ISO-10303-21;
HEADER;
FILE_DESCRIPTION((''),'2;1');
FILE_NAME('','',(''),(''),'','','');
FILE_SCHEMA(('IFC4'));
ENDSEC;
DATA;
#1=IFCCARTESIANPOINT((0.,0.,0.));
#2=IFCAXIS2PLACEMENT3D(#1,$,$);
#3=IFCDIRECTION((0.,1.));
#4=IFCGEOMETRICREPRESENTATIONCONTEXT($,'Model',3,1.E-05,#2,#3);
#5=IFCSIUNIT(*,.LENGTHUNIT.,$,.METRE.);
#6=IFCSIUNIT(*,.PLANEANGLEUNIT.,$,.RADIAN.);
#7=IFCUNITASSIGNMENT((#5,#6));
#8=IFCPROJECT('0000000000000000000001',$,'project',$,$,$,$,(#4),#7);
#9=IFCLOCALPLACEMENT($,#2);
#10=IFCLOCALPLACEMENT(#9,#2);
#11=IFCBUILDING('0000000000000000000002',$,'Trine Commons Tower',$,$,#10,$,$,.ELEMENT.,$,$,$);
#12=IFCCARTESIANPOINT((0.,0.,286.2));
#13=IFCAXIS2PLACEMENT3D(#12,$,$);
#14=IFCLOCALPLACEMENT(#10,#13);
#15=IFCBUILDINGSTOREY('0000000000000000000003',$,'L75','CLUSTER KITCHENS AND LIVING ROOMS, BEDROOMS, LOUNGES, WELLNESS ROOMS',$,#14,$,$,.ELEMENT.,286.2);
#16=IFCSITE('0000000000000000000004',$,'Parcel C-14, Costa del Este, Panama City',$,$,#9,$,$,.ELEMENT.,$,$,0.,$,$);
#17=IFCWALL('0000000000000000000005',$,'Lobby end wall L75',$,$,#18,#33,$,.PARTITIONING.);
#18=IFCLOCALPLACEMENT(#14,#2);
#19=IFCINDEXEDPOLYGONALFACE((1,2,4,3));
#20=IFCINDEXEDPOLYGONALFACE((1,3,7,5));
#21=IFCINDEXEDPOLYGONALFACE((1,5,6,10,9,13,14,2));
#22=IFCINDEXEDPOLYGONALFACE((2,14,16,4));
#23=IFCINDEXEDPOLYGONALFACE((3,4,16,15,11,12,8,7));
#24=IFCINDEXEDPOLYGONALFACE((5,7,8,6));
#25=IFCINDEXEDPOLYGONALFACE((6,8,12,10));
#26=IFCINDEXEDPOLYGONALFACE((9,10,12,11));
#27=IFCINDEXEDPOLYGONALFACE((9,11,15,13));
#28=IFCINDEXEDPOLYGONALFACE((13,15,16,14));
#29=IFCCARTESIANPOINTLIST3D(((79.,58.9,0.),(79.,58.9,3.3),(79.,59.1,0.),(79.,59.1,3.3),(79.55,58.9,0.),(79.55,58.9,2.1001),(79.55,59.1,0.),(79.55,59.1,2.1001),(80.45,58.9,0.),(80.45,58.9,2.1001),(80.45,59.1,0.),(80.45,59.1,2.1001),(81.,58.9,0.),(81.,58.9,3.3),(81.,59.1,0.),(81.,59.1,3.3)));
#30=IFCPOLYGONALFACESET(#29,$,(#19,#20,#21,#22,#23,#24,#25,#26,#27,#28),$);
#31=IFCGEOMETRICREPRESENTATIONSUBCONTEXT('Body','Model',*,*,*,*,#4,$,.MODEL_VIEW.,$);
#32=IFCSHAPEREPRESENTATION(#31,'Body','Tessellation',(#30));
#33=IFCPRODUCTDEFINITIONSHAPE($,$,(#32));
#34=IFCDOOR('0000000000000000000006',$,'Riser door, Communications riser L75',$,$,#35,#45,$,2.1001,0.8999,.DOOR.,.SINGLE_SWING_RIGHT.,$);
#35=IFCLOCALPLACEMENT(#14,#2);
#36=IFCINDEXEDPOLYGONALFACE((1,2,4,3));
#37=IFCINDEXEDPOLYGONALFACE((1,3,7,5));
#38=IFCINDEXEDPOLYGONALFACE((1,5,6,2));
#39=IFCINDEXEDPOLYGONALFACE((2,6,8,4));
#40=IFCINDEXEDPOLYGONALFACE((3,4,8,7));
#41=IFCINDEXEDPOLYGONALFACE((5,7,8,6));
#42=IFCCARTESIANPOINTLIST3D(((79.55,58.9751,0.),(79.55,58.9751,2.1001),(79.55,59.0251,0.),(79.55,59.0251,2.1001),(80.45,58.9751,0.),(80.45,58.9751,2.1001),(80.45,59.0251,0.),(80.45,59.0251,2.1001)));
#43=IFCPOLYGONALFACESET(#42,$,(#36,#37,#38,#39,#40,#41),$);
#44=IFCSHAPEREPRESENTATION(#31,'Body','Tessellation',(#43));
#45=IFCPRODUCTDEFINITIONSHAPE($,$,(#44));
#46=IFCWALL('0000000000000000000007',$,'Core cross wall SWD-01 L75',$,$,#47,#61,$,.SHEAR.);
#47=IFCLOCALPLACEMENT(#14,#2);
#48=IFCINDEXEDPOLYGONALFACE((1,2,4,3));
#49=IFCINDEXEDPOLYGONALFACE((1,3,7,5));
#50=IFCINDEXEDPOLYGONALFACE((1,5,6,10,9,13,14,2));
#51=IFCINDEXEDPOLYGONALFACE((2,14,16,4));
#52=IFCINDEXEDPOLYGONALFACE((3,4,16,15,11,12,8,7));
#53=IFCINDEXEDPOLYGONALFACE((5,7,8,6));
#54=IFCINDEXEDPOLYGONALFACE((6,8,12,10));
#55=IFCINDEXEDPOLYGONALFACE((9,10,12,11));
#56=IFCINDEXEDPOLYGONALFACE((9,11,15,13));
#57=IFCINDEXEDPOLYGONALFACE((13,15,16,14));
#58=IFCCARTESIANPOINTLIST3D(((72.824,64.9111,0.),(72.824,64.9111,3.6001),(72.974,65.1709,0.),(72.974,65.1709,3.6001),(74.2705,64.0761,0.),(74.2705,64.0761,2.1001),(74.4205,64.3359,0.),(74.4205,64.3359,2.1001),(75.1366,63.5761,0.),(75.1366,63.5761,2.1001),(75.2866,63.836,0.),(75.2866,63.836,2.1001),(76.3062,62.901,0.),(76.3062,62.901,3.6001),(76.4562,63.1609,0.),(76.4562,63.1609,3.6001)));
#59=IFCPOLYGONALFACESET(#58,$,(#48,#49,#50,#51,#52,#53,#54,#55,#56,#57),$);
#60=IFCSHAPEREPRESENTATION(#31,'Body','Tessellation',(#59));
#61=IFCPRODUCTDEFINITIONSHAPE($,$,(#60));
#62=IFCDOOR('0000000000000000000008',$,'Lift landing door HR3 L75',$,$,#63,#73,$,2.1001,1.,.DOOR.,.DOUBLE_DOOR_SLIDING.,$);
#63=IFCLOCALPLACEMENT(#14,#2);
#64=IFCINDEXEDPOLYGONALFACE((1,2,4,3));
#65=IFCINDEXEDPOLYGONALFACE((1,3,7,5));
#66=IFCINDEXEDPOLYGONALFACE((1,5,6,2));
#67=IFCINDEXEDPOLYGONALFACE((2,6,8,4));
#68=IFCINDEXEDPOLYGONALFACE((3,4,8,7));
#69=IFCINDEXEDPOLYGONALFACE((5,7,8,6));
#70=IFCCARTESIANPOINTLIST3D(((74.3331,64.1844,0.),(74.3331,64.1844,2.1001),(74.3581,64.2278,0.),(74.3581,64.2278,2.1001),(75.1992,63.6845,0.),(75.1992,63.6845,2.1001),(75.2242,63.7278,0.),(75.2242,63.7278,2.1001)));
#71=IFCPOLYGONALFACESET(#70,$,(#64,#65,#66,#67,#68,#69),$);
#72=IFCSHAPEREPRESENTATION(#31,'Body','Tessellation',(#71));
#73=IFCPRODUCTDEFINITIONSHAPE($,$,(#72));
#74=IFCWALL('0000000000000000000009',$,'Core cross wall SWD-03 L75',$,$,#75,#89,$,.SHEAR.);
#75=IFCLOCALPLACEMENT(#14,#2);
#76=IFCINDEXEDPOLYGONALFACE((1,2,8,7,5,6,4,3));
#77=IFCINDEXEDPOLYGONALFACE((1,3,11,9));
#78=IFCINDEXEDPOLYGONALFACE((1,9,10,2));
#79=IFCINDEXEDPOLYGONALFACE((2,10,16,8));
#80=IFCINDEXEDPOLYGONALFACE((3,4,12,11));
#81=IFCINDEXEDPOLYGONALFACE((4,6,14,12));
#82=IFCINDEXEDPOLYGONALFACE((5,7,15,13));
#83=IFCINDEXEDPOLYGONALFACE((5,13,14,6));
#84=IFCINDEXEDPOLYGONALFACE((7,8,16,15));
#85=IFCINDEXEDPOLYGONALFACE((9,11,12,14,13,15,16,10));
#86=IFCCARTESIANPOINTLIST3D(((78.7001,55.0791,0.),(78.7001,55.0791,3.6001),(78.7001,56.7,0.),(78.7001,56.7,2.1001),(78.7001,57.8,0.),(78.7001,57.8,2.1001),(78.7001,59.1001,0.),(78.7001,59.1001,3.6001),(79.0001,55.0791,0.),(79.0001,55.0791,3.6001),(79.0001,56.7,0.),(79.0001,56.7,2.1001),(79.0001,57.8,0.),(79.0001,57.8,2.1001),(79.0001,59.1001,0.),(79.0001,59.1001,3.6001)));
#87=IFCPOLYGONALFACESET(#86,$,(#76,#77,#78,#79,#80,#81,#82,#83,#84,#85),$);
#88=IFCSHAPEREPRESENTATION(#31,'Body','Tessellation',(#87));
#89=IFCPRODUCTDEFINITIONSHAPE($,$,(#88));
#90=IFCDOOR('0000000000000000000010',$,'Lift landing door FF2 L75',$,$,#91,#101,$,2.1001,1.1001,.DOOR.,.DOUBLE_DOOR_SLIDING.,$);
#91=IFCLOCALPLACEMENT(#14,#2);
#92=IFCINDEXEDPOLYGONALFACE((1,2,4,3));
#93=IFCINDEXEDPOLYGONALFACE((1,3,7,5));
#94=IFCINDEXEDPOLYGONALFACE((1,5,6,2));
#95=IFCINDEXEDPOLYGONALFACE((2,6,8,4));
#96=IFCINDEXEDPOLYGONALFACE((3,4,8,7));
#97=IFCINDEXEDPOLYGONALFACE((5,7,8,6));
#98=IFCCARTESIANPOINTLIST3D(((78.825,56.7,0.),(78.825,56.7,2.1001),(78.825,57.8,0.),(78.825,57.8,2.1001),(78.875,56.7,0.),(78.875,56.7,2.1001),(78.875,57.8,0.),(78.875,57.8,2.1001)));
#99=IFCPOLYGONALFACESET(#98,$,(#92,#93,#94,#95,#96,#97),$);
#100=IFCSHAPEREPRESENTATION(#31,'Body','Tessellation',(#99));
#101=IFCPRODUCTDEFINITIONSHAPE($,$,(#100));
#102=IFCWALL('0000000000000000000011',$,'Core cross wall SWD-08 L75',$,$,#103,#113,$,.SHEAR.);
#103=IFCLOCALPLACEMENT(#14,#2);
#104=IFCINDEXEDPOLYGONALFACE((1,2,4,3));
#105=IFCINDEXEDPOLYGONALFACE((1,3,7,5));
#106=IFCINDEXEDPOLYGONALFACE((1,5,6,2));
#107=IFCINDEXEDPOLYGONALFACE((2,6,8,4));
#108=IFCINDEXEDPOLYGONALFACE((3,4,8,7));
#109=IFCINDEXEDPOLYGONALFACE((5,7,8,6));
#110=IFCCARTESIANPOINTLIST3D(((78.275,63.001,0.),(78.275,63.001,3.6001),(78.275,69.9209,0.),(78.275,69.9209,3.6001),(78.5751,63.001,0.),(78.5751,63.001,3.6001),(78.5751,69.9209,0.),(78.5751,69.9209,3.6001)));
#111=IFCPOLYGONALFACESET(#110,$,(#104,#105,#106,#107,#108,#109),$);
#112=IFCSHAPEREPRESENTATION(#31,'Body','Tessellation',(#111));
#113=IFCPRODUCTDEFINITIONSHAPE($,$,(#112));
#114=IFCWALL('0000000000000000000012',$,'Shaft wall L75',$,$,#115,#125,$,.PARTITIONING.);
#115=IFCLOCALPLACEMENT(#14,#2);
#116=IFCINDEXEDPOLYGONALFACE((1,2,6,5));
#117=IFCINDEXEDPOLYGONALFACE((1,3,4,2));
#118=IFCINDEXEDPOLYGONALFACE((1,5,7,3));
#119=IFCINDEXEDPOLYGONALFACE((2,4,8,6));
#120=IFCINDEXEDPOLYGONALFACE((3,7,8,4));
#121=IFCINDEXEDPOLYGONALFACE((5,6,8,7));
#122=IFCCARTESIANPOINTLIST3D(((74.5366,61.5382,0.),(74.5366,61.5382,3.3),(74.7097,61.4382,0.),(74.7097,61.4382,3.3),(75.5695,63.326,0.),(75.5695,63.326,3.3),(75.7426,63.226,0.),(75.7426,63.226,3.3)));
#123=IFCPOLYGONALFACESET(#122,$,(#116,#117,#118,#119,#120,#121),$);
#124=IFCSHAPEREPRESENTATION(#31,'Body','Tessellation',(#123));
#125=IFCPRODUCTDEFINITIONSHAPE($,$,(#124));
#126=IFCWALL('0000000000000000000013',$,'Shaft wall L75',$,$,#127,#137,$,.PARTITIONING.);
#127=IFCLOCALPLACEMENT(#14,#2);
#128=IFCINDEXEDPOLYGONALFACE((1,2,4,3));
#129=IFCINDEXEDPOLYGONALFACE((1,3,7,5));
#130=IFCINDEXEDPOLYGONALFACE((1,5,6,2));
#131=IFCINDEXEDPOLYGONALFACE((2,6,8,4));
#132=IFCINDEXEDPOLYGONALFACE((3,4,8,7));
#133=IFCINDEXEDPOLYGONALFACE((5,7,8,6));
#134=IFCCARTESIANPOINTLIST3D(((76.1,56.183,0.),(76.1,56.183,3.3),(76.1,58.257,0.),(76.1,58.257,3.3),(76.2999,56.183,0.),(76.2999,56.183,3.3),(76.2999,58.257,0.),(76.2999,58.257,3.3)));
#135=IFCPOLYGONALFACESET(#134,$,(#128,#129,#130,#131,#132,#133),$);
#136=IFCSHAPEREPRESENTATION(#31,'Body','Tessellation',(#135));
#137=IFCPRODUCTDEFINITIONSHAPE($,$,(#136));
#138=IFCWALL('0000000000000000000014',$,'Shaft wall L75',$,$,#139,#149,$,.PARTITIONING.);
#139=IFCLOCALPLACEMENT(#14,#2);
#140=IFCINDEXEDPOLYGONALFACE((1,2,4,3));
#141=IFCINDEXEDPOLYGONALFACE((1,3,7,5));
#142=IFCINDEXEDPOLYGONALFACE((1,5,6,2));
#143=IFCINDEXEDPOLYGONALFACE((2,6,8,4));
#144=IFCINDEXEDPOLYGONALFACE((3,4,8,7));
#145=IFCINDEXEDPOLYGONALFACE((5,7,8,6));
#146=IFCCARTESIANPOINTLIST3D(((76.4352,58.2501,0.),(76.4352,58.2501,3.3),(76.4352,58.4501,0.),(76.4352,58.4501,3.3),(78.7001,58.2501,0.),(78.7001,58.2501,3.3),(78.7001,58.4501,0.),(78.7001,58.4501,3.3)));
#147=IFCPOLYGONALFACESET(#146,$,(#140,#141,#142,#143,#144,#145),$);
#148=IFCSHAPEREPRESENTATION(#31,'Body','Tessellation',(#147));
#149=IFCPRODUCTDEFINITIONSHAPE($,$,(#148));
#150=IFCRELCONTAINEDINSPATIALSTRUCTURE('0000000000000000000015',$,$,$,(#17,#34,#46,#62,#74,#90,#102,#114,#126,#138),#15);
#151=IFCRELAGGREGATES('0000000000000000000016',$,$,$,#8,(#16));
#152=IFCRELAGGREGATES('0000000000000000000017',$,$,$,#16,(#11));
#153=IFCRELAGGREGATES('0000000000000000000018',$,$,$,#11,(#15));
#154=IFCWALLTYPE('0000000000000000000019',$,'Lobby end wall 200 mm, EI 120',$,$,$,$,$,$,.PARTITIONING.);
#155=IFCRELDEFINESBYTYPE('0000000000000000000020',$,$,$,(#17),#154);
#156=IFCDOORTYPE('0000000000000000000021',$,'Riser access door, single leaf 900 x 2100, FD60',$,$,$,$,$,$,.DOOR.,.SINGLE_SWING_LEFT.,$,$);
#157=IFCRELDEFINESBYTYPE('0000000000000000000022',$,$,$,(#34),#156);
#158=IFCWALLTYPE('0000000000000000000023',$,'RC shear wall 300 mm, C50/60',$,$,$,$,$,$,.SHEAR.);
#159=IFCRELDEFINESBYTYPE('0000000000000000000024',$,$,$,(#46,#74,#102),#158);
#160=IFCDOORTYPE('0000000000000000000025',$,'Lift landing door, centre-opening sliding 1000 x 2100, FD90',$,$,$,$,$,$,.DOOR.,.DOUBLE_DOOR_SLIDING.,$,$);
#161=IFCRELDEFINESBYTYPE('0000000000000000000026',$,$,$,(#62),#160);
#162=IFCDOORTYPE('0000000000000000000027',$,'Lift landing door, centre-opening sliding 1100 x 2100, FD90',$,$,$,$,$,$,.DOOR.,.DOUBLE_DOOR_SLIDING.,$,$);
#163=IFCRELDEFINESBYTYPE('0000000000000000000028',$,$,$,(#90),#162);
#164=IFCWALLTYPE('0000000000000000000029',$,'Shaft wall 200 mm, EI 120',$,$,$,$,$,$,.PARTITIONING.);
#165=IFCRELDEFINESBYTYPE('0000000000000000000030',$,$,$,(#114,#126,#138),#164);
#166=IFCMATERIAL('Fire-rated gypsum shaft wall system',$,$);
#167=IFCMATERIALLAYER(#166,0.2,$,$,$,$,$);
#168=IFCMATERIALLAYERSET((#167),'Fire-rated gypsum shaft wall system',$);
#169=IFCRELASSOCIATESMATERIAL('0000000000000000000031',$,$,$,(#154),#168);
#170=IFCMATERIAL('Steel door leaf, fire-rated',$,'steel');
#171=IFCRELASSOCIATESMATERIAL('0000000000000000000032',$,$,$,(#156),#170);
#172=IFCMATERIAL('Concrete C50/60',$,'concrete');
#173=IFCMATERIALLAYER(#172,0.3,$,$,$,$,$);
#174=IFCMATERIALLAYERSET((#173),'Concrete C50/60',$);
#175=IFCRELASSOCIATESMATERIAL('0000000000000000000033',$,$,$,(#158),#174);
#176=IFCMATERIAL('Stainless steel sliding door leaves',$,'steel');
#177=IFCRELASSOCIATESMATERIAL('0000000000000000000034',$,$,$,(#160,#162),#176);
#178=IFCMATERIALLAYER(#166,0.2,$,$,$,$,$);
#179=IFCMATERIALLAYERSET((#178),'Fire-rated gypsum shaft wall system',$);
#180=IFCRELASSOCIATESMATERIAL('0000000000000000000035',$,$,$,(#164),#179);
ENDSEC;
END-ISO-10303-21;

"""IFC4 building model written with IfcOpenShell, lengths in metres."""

from ifc_helpers import new_model, si_unit, direction, frame, frame_2d, origin, place, context, subcontext, project, spatial, rectangle, extrude, material, layer, layer_set, type_object, element, fill, save


model = new_model("IFC4")

# Units and contexts
model_context = context("Model", 3, precision=1e-05, world=origin(), true_north=direction((0.0, 1.0)))
body_context = subcontext(model_context, "Body", "Model", "MODEL_VIEW")
ifc_project = project(units=[si_unit("LENGTHUNIT", "METRE"), si_unit("PLANEANGLEUNIT", "RADIAN")], contexts=[model_context])

# Site, building, storey
site_placement = place(None, origin())
site = spatial("IfcSite", under=ifc_project, at=site_placement, Name="Parcel C-14, Costa del Este, Panama City", CompositionType="ELEMENT", RefElevation=0.0)
building_placement = place(site_placement, origin())
building = spatial("IfcBuilding", under=site, at=building_placement, Name="Trine Commons Tower", CompositionType="ELEMENT")
storey_placement = place(building_placement, frame((0.0, 0.0, 286.2)))
storey = spatial("IfcBuildingStorey", under=building, at=storey_placement, Name="L75", Description="CLUSTER KITCHENS AND LIVING ROOMS, BEDROOMS, LOUNGES, WELLNESS ROOMS", CompositionType="ELEMENT", Elevation=286.2)

# Walls, openings, doors
ifc_material_1 = material(Name="Fire-rated gypsum shaft wall system")
ifc_layer_1 = layer(ifc_material_1, 0.2)
ifc_layer_set_1 = layer_set([ifc_layer_1], Name="Fire-rated gypsum shaft wall system")
wall_type_1 = type_object("IfcWallType", Name="Lobby end wall 200 mm, EI 120", PredefinedType="PARTITIONING", material=ifc_layer_set_1)
wall_1_placement = place(storey_placement, frame((79.0, 59.0, 0.0), z_axis=(0.0, 0.0, 1.0), x_axis=(1.0, 0.0, 0.0)))
wall_1 = element("IfcWall", 1, at=wall_1_placement, inside=storey, type_object=wall_type_1, Name="Lobby end wall L75", PredefinedType="PARTITIONING", context=body_context, shape_type="SweptSolid", body=[
    extrude(rectangle(XDim=2.0, YDim=0.2, at=frame_2d((1.0, 0.0))), origin(), (0.0, 0.0, 1.0), 3.3),
])
opening_1_placement = place(wall_1_placement, frame((0.55, 0.0, 0.0)))
opening_1 = element("IfcOpeningElement", 2, at=opening_1_placement, cuts=wall_1, PredefinedType="OPENING", context=body_context, shape_type="SweptSolid", body=[
    extrude(rectangle(XDim=0.8999, YDim=2.1001, at=frame_2d((0.45, 1.05))), frame((0.0, 0.1099, 0.0), z_axis=(0.0, -1.0, 0.0), x_axis=(1.0, 0.0, 0.0)), (0.0, 0.0, 1.0), 0.22),
])
ifc_material_2 = material(Name="Steel door leaf, fire-rated", Category="steel")
door_type_1 = type_object("IfcDoorType", Name="Riser access door, single leaf 900 x 2100, FD60", OperationType="SINGLE_SWING_LEFT", PredefinedType="DOOR", material=ifc_material_2)
door_1_placement = place(opening_1_placement, frame((0.8999, 0.0, 0.0), z_axis=(0.0, 0.0, 1.0), x_axis=(-1.0, 0.0, 0.0)))
door_1 = element("IfcDoor", 3, at=door_1_placement, inside=storey, type_object=door_type_1, Name="Riser door, Communications riser L75", OperationType="SINGLE_SWING_RIGHT", OverallHeight=2.1001, OverallWidth=0.8999, PredefinedType="DOOR", context=body_context, shape_type="SweptSolid", body=[
    extrude(rectangle(XDim=0.8999, YDim=2.1001, at=frame_2d((0.45, 1.05))), frame((0.0, 0.0249, 0.0), z_axis=(0.0, -1.0, 0.0), x_axis=(1.0, 0.0, 0.0)), (0.0, 0.0, 1.0), 0.05),
])
fill(opening_1, door_1)
ifc_material_3 = material(Name="Concrete C50/60", Category="concrete")
ifc_layer_2 = layer(ifc_material_3, 0.3)
ifc_layer_set_2 = layer_set([ifc_layer_2], Name="Concrete C50/60")
wall_type_2 = type_object("IfcWallType", Name="RC shear wall 300 mm, C50/60", PredefinedType="SHEAR", material=ifc_layer_set_2)
wall_2_placement = place(storey_placement, frame((76.3811, 63.031, 0.0), z_axis=(0.0, 0.0, 1.0), x_axis=(-0.866071, 0.49992, 0.0)))
wall_2 = element("IfcWall", 4, at=wall_2_placement, inside=storey, type_object=wall_type_2, Name="Core cross wall SWD-01 L75", PredefinedType="SHEAR", context=body_context, shape_type="SweptSolid", body=[
    extrude(rectangle(XDim=4.0208, YDim=0.3, at=frame_2d((2.0103, 0.0))), origin(), (0.0, 0.0, 1.0), 3.6001),
])
opening_2_placement = place(wall_2_placement, frame((1.3503, 0.0, 0.0)))
opening_2 = element("IfcOpeningElement", 5, at=opening_2_placement, cuts=wall_2, PredefinedType="OPENING", context=body_context, shape_type="SweptSolid", body=[
    extrude(rectangle(XDim=1.0, YDim=2.1001, at=frame_2d((0.5, 1.05))), frame((0.0, 0.1599, 0.0), z_axis=(0.0, -1.0, 0.0), x_axis=(1.0, 0.0, 0.0)), (0.0, 0.0, 1.0), 0.3201),
])
ifc_material_4 = material(Name="Stainless steel sliding door leaves", Category="steel")
door_type_2 = type_object("IfcDoorType", Name="Lift landing door, centre-opening sliding 1000 x 2100, FD90", OperationType="DOUBLE_DOOR_SLIDING", PredefinedType="DOOR", material=ifc_material_4)
door_2_placement = place(opening_2_placement, origin())
door_2 = element("IfcDoor", 6, at=door_2_placement, inside=storey, type_object=door_type_2, Name="Lift landing door HR3 L75", OperationType="DOUBLE_DOOR_SLIDING", OverallHeight=2.1001, OverallWidth=1.0, PredefinedType="DOOR", context=body_context, shape_type="SweptSolid", body=[
    extrude(rectangle(XDim=1.0, YDim=2.1001, at=frame_2d((0.5, 1.05))), frame((0.0, 0.0249, 0.0), z_axis=(0.0, -1.0, 0.0), x_axis=(1.0, 0.0, 0.0)), (0.0, 0.0, 1.0), 0.05),
])
fill(opening_2, door_2)
wall_3_placement = place(storey_placement, frame((78.8501, 59.1001, 0.0), z_axis=(0.0, 0.0, 1.0), x_axis=(0.0, -1.0, 0.0)))
wall_3 = element("IfcWall", 7, at=wall_3_placement, inside=storey, type_object=wall_type_2, Name="Core cross wall SWD-03 L75", PredefinedType="SHEAR", context=body_context, shape_type="SweptSolid", body=[
    extrude(rectangle(XDim=4.021, YDim=0.3, at=frame_2d((2.0105, 0.0))), origin(), (0.0, 0.0, 1.0), 3.6001),
])
opening_3_placement = place(wall_3_placement, frame((1.3, 0.0, 0.0)))
opening_3 = element("IfcOpeningElement", 8, at=opening_3_placement, cuts=wall_3, PredefinedType="OPENING", context=body_context, shape_type="SweptSolid", body=[
    extrude(rectangle(XDim=1.1001, YDim=2.1001, at=frame_2d((0.55, 1.05))), frame((0.0, 0.1599, 0.0), z_axis=(0.0, -1.0, 0.0), x_axis=(1.0, 0.0, 0.0)), (0.0, 0.0, 1.0), 0.3201),
])
door_type_3 = type_object("IfcDoorType", Name="Lift landing door, centre-opening sliding 1100 x 2100, FD90", OperationType="DOUBLE_DOOR_SLIDING", PredefinedType="DOOR", material=ifc_material_4)
door_3_placement = place(opening_3_placement, origin())
door_3 = element("IfcDoor", 9, at=door_3_placement, inside=storey, type_object=door_type_3, Name="Lift landing door FF2 L75", OperationType="DOUBLE_DOOR_SLIDING", OverallHeight=2.1001, OverallWidth=1.1001, PredefinedType="DOOR", context=body_context, shape_type="SweptSolid", body=[
    extrude(rectangle(XDim=1.1001, YDim=2.1001, at=frame_2d((0.55, 1.05))), frame((0.0, 0.0249, 0.0), z_axis=(0.0, -1.0, 0.0), x_axis=(1.0, 0.0, 0.0)), (0.0, 0.0, 1.0), 0.05),
])
fill(opening_3, door_3)

# Walls
wall_4_placement = place(storey_placement, frame((78.425, 63.001, 0.0), z_axis=(0.0, 0.0, 1.0), x_axis=(0.0, 1.0, 0.0)))
element("IfcWall", 10, at=wall_4_placement, inside=storey, type_object=wall_type_2, Name="Core cross wall SWD-08 L75", PredefinedType="SHEAR", context=body_context, shape_type="SweptSolid", body=[
    extrude(rectangle(XDim=6.9199, YDim=0.3, at=frame_2d((3.46, 0.0))), origin(), (0.0, 0.0, 1.0), 3.6001),
])
ifc_layer_3 = layer(ifc_material_1, 0.2)
ifc_layer_set_3 = layer_set([ifc_layer_3], Name="Fire-rated gypsum shaft wall system")
wall_type_3 = type_object("IfcWallType", Name="Shaft wall 200 mm, EI 120", PredefinedType="PARTITIONING", material=ifc_layer_set_3)
wall_5_placement = place(storey_placement, frame((75.656, 63.2759, 0.0), z_axis=(0.0, 0.0, 1.0), x_axis=(-0.500272, -0.865868, 0.0)))
element("IfcWall", 11, at=wall_5_placement, inside=storey, type_object=wall_type_3, Name="Shaft wall L75", PredefinedType="PARTITIONING", context=body_context, shape_type="SweptSolid", body=[
    extrude(rectangle(XDim=2.0647, YDim=0.2, at=frame_2d((1.0322, 0.0))), origin(), (0.0, 0.0, 1.0), 3.3),
])
wall_6_placement = place(storey_placement, frame((76.2, 58.2571, 0.0), z_axis=(0.0, 0.0, 1.0), x_axis=(0.0, -1.0, 0.0)))
element("IfcWall", 12, at=wall_6_placement, inside=storey, type_object=wall_type_3, Name="Shaft wall L75", PredefinedType="PARTITIONING", context=body_context, shape_type="SweptSolid", body=[
    extrude(rectangle(XDim=2.074, YDim=0.2, at=frame_2d((1.0371, 0.0))), origin(), (0.0, 0.0, 1.0), 3.3),
])
wall_7_placement = place(storey_placement, frame((78.7, 58.3501, 0.0), z_axis=(0.0, 0.0, 1.0), x_axis=(-1.0, 0.0, 0.0)))
element("IfcWall", 13, at=wall_7_placement, inside=storey, type_object=wall_type_3, Name="Shaft wall L75", PredefinedType="PARTITIONING", context=body_context, shape_type="SweptSolid", body=[
    extrude(rectangle(XDim=2.2649, YDim=0.2, at=frame_2d((1.1323, 0.0))), origin(), (0.0, 0.0, 1.0), 3.3),
])

save(model, "model.ifc")
